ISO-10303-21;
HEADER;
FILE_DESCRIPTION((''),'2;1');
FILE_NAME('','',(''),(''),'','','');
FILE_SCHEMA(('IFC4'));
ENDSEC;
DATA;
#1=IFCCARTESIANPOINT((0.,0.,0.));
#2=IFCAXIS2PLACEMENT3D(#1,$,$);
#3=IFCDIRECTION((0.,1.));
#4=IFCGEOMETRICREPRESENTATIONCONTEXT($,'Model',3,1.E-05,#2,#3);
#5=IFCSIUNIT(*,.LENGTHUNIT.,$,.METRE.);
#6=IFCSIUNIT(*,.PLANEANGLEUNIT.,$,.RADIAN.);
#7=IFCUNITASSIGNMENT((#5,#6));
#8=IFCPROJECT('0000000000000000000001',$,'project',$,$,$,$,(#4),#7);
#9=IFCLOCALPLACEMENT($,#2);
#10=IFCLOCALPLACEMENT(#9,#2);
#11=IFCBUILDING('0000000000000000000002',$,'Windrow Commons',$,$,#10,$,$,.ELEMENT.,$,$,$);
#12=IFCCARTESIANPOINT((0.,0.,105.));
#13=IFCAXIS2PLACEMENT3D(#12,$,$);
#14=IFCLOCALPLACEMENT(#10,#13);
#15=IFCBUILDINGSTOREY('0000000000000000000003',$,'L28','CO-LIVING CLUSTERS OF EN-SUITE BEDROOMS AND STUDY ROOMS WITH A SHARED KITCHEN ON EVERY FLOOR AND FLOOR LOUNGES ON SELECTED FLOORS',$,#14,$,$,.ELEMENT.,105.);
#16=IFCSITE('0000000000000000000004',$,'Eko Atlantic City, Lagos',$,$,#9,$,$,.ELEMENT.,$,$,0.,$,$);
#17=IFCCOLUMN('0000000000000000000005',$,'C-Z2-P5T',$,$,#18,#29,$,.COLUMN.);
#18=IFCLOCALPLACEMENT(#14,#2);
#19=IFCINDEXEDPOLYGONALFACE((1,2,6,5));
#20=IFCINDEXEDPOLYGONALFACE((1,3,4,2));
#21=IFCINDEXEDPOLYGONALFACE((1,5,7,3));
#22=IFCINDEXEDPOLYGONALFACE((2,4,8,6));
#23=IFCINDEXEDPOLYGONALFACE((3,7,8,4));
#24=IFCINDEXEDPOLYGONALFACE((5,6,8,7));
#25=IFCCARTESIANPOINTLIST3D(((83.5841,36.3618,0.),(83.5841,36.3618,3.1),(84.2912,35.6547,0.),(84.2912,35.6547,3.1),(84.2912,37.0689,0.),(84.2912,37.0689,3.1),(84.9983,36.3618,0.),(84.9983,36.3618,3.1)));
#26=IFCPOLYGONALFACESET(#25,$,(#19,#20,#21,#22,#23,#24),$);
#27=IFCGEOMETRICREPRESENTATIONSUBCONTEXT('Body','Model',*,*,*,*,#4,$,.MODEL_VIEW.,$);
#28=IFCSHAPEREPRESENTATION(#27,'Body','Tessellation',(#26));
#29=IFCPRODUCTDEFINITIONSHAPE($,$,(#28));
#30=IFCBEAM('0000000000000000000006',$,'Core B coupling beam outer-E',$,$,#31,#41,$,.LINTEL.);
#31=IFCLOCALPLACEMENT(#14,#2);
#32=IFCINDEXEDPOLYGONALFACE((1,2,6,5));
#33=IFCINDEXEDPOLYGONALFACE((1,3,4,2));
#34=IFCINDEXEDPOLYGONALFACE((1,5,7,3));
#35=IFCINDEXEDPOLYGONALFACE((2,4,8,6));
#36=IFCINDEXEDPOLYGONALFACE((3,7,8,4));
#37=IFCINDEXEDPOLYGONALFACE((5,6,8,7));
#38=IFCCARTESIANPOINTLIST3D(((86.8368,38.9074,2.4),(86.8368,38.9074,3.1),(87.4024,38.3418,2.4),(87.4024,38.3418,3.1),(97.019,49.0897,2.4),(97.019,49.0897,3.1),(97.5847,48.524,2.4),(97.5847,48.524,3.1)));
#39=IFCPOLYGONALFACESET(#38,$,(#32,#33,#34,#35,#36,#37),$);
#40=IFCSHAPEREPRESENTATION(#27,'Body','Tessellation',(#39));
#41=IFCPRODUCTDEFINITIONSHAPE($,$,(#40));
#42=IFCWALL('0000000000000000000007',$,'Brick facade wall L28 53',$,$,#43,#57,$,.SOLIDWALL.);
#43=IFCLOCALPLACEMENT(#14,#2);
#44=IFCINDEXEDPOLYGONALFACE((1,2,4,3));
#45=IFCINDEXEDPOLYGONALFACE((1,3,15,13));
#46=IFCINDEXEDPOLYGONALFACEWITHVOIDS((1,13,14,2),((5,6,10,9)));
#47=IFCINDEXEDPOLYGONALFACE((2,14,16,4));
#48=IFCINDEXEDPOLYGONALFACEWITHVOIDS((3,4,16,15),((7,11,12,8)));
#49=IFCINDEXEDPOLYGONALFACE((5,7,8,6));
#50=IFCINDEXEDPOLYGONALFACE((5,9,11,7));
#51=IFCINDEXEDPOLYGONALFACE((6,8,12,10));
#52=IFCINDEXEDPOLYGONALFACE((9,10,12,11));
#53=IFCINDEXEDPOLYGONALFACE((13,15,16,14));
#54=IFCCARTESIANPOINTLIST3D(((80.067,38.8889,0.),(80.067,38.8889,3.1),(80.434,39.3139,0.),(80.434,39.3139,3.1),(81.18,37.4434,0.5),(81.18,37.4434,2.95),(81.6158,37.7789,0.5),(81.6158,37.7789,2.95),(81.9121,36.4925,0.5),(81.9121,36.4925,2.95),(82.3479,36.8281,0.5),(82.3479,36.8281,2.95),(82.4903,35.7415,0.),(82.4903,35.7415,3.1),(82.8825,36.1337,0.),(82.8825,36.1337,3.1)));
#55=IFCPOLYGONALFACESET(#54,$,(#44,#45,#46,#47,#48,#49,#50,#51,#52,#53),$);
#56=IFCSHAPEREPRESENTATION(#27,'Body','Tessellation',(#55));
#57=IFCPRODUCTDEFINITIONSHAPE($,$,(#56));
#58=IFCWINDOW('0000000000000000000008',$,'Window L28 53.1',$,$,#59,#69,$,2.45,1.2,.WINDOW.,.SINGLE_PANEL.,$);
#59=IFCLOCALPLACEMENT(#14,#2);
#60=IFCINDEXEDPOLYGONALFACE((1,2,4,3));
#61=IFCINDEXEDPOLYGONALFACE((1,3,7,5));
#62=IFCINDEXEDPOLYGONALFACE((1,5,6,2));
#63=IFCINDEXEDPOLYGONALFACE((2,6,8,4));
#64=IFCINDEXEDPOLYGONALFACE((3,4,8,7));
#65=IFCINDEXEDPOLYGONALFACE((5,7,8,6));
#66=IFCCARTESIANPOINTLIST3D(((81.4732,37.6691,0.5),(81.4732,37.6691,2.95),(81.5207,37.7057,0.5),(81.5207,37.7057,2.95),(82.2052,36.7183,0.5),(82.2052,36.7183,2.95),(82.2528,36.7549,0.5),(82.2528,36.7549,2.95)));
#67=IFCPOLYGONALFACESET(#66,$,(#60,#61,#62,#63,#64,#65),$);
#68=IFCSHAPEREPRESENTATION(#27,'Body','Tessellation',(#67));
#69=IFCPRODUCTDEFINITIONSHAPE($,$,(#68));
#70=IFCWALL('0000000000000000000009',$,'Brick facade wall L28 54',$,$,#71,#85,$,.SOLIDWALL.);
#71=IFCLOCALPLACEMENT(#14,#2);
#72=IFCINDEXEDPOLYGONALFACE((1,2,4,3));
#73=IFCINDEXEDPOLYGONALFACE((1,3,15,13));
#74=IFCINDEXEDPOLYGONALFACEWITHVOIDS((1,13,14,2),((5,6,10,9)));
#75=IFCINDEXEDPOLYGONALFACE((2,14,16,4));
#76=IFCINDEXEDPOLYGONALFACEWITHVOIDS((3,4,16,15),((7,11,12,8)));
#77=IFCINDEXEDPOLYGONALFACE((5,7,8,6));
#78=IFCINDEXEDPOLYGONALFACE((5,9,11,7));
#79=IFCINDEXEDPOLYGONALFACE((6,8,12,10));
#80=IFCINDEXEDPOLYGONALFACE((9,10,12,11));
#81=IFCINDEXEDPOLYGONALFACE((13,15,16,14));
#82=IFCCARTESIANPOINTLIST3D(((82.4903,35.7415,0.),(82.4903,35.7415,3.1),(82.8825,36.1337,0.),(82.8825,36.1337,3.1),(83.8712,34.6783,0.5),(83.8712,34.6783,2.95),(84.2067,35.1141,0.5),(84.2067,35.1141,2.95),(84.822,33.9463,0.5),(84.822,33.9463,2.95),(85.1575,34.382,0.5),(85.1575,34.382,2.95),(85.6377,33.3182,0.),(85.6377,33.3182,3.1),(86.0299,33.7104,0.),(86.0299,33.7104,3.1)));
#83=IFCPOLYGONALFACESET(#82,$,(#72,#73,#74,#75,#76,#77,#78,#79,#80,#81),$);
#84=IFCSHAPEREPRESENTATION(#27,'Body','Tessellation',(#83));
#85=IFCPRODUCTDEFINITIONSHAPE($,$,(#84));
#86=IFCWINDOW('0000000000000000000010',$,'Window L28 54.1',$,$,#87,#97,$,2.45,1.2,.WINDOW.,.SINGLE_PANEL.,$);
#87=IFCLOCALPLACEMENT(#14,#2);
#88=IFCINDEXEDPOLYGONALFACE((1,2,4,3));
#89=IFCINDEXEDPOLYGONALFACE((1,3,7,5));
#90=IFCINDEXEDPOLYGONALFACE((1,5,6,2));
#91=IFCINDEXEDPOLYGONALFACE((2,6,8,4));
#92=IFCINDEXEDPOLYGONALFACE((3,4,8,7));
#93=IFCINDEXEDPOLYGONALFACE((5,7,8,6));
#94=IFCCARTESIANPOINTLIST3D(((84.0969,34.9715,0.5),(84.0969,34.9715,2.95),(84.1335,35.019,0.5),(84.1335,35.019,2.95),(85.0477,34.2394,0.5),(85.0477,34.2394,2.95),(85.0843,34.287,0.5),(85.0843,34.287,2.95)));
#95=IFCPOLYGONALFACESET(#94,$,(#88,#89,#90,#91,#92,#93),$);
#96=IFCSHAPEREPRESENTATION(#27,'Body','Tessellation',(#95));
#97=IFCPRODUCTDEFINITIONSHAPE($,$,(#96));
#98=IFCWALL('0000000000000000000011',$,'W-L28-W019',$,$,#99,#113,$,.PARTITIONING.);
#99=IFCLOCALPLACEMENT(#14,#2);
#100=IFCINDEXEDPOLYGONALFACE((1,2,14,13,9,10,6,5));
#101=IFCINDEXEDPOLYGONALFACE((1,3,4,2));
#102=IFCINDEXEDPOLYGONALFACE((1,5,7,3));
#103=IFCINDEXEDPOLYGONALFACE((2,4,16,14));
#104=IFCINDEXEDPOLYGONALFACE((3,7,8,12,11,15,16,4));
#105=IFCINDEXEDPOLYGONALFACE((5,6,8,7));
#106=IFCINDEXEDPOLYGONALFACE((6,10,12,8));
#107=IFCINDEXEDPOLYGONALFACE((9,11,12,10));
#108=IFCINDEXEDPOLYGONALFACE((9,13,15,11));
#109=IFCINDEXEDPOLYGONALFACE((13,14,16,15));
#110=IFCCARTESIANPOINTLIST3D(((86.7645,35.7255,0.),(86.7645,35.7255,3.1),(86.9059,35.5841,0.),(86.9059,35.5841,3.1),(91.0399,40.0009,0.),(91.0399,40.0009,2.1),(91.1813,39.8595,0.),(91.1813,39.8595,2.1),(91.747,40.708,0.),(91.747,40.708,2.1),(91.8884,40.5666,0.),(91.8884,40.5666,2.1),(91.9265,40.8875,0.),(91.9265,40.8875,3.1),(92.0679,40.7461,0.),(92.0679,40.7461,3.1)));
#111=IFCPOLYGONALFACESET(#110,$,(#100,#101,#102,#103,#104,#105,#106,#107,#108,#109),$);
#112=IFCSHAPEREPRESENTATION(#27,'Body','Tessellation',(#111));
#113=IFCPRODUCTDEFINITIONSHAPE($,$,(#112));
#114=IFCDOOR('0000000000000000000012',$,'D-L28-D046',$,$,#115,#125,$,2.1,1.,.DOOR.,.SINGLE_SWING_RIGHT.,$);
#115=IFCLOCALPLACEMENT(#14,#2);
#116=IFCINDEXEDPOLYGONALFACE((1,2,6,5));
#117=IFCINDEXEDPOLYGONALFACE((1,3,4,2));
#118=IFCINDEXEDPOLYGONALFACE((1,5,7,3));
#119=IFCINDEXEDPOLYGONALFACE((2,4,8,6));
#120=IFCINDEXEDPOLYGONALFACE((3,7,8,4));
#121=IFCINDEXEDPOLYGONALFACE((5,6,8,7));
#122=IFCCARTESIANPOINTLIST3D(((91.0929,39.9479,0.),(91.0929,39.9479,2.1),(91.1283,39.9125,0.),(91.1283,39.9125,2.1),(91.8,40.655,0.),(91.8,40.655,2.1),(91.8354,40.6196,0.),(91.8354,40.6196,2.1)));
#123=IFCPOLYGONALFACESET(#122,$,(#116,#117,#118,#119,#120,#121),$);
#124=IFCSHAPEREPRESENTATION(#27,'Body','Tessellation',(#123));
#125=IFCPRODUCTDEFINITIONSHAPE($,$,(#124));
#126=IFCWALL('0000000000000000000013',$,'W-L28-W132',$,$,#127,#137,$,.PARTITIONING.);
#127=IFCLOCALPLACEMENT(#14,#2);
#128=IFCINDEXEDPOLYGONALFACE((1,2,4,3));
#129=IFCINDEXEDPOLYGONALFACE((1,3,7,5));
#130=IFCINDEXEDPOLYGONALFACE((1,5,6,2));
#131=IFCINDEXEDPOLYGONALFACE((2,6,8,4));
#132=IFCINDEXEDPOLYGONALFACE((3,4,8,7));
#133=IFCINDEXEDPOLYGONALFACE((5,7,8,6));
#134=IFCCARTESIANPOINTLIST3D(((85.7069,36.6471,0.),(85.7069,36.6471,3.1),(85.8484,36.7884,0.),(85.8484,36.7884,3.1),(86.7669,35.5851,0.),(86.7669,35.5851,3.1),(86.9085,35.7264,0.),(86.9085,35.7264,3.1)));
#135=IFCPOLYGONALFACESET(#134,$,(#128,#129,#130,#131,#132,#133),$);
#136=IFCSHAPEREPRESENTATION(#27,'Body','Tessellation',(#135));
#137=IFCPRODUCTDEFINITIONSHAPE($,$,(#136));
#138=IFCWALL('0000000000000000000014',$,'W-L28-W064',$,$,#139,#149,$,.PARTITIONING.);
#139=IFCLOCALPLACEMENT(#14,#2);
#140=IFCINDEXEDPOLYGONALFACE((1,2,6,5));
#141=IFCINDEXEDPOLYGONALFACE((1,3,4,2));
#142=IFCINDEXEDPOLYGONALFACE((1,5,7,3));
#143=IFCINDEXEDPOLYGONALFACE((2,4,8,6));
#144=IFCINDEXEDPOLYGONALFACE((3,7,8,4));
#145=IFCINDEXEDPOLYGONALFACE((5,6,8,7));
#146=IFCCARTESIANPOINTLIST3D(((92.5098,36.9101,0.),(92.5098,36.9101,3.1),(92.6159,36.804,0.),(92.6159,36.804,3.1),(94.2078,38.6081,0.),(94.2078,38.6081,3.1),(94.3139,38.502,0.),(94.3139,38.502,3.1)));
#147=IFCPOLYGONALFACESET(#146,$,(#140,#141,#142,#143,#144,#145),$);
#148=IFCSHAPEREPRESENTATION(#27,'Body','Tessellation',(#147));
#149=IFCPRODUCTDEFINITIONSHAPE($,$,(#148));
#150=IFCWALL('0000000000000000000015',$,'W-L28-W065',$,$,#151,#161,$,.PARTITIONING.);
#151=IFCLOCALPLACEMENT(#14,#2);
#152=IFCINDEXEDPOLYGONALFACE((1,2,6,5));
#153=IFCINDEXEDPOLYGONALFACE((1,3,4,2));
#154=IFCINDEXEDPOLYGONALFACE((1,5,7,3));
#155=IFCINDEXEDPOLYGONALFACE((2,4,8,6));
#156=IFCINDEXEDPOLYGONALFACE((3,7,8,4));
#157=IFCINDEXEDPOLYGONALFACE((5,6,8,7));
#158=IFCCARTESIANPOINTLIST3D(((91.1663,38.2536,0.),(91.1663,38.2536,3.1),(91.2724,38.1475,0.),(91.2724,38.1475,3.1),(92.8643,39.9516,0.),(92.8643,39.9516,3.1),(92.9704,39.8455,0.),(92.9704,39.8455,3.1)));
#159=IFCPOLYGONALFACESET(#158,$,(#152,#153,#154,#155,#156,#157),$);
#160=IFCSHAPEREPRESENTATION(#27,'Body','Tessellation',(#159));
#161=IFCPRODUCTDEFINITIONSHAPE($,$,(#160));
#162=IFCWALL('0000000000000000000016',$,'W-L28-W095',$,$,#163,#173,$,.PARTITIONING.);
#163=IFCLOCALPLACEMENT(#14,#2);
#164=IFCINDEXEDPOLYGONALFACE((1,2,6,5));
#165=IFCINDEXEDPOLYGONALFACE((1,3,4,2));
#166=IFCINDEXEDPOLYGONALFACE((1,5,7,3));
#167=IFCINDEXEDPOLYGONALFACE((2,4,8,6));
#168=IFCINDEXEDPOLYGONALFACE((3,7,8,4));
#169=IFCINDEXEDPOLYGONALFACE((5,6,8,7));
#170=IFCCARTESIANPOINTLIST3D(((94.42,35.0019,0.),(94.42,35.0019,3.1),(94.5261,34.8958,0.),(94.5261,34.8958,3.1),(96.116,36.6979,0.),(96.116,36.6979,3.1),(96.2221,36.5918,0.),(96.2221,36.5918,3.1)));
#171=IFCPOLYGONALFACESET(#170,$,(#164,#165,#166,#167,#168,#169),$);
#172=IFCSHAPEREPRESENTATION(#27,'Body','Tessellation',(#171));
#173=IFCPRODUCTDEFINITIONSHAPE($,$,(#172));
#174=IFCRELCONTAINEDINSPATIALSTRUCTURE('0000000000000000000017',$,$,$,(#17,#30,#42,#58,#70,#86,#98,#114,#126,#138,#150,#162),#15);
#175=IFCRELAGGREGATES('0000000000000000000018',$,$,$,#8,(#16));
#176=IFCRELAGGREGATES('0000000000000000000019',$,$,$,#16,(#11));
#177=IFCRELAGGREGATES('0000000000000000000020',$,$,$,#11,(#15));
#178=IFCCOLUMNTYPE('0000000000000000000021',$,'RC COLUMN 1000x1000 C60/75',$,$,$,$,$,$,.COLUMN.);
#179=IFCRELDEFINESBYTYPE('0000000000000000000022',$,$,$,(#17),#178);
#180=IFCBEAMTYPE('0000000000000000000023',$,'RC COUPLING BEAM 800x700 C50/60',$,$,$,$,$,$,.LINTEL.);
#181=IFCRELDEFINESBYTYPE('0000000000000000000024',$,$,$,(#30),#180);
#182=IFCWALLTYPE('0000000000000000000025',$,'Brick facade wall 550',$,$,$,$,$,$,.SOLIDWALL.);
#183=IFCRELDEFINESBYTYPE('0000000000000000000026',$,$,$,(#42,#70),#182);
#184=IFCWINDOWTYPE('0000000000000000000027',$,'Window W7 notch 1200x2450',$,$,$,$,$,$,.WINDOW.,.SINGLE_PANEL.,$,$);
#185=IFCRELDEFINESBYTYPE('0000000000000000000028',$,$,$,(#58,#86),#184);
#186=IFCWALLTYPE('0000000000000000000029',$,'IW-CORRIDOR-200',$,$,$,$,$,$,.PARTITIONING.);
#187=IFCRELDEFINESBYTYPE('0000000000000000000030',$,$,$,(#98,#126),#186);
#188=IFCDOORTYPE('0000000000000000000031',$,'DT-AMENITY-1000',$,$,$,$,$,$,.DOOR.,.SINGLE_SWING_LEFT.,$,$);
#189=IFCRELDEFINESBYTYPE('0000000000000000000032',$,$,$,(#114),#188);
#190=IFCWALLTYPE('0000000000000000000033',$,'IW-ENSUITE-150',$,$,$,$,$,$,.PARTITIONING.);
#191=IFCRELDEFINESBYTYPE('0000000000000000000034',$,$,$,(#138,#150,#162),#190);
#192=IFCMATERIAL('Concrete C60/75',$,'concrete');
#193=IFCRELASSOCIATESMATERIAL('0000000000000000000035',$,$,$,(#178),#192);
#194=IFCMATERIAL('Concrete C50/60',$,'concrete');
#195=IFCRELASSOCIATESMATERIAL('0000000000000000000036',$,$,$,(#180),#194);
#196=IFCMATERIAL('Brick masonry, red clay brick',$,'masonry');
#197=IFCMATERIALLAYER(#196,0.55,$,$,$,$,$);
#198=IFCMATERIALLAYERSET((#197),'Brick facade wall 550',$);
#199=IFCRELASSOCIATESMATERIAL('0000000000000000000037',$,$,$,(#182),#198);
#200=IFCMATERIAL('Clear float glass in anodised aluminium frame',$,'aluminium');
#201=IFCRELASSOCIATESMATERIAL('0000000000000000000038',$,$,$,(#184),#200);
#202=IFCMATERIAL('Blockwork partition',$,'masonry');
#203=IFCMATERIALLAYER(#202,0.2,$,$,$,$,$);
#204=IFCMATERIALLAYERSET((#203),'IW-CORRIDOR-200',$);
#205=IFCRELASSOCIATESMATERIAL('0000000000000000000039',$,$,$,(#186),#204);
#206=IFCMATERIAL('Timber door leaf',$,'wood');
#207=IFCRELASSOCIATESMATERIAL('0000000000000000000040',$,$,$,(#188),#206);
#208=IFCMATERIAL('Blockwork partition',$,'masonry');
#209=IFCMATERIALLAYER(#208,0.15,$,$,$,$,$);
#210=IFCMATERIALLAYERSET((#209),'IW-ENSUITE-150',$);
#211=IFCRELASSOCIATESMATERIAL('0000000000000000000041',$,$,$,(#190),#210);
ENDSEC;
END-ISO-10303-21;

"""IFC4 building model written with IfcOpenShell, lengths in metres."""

from ifc_helpers import new_model, si_unit, direction, frame, frame_2d, origin, origin_2d, place, context, subcontext, project, spatial, polyline, rectangle, outline, extrude, material, layer, layer_set, material_profile, profile_set, type_object, element, fill, save


model = new_model("IFC4")

# Units and contexts
model_context = context("Model", 3, precision=1e-05, world=origin(), true_north=direction((0.0, 1.0)))
body_context = subcontext(model_context, "Body", "Model", "MODEL_VIEW")
ifc_project = project(units=[si_unit("LENGTHUNIT", "METRE"), si_unit("PLANEANGLEUNIT", "RADIAN")], contexts=[model_context])

# Site, building, storey
site_placement = place(None, origin())
site = spatial("IfcSite", under=ifc_project, at=site_placement, Name="Eko Atlantic City, Lagos", CompositionType="ELEMENT", RefElevation=0.0)
building_placement = place(site_placement, origin())
building = spatial("IfcBuilding", under=site, at=building_placement, Name="Windrow Commons", CompositionType="ELEMENT")
storey_placement = place(building_placement, frame((0.0, 0.0, 105.0)))
storey = spatial("IfcBuildingStorey", under=building, at=storey_placement, Name="L28", Description="CO-LIVING CLUSTERS OF EN-SUITE BEDROOMS AND STUDY ROOMS WITH A SHARED KITCHEN ON EVERY FLOOR AND FLOOR LOUNGES ON SELECTED FLOORS", CompositionType="ELEMENT", Elevation=105.0)

# Column
ifc_material_1 = material(Name="Concrete C60/75", Category="concrete")
ifc_material_profile_1 = material_profile(ifc_material_1, rectangle(XDim=1.0, YDim=1.0, at=origin_2d()))
ifc_profile_set_1 = profile_set([ifc_material_profile_1], Name="Concrete C60/75")
column_type = type_object("IfcColumnType", Name="RC COLUMN 1000x1000 C60/75", PredefinedType="COLUMN", material=ifc_profile_set_1)
column_placement = place(storey_placement, frame((84.2912, 36.3618, 0.0), z_axis=(0.0, 0.0, 1.0), x_axis=(0.707107, -0.707107, 0.0)))
element("IfcColumn", 1, at=column_placement, inside=storey, type_object=column_type, Name="C-Z2-P5T", PredefinedType="COLUMN", context=body_context, shape_type="SweptSolid", body=[
    extrude(rectangle(XDim=1.0, YDim=1.0, at=origin_2d()), origin(), (0.0, 0.0, 1.0), 3.1),
])

# Beam
ifc_material_2 = material(Name="Concrete C50/60", Category="concrete")
ifc_material_profile_2 = material_profile(ifc_material_2, rectangle(XDim=0.8, YDim=0.7, at=origin_2d()))
ifc_profile_set_2 = profile_set([ifc_material_profile_2], Name="Concrete C50/60")
beam_type = type_object("IfcBeamType", Name="RC COUPLING BEAM 800x700 C50/60", PredefinedType="LINTEL", material=ifc_profile_set_2)
beam_placement = place(storey_placement, frame((87.1196, 38.6246, 2.75), z_axis=(0.707107, 0.707107, 0.0), x_axis=(-0.707107, 0.707107, 0.0)))
element("IfcBeam", 2, at=beam_placement, inside=storey, type_object=beam_type, Name="Core B coupling beam outer-E", PredefinedType="LINTEL", context=body_context, shape_type="SweptSolid", body=[
    extrude(rectangle(XDim=0.8, YDim=0.7, at=origin_2d()), origin(), (0.0, 0.0, 1.0), 14.3999),
])

# Walls, openings, windows
ifc_material_3 = material(Name="Brick masonry, red clay brick", Category="masonry")
ifc_layer_1 = layer(ifc_material_3, 0.55)
ifc_layer_set_1 = layer_set([ifc_layer_1], Name="Brick facade wall 550")
wall_type_1 = type_object("IfcWallType", Name="Brick facade wall 550", PredefinedType="SOLIDWALL", material=ifc_layer_set_1)
wall_1_placement = place(storey_placement, frame((80.2505, 39.1014, 0.0), z_axis=(0.0, 0.0, 1.0), x_axis=(0.610058, -0.792357, 0.0)))
wall_1 = element("IfcWall", 3, at=wall_1_placement, inside=storey, type_object=wall_type_1, Name="Brick facade wall L28 53", PredefinedType="SOLIDWALL", context=body_context, shape_type="SweptSolid", body=[
    extrude(outline(polyline([(0.0564, -0.275), (4.0286, -0.275), (3.9571, 0.275), (-0.0564, 0.275), (0.0564, -0.275)])), origin(), (0.0, 0.0, 1.0), 3.1),
])
opening_1_placement = place(wall_1_placement, frame((1.8808, 0.0, 0.5)))
opening_1 = element("IfcOpeningElement", 4, at=opening_1_placement, cuts=wall_1, PredefinedType="OPENING", context=body_context, shape_type="SweptSolid", body=[
    extrude(rectangle(XDim=1.2, YDim=2.45, at=frame_2d((0.6, 1.225))), frame((0.0, 0.285, 0.0), z_axis=(0.0, -1.0, 0.0), x_axis=(1.0, 0.0, 0.0)), (0.0, 0.0, 1.0), 0.57),
])
ifc_material_4 = material(Name="Clear float glass in anodised aluminium frame", Category="aluminium")
window_type = type_object("IfcWindowType", Name="Window W7 notch 1200x2450", PartitioningType="SINGLE_PANEL", PredefinedType="WINDOW", material=ifc_material_4)
window_1_placement = place(opening_1_placement, origin())
window_1 = element("IfcWindow", 5, at=window_1_placement, inside=storey, type_object=window_type, Name="Window L28 53.1", OverallHeight=2.45, OverallWidth=1.2, PartitioningType="SINGLE_PANEL", PredefinedType="WINDOW", context=body_context, shape_type="SweptSolid", body=[
    extrude(rectangle(XDim=1.2, YDim=2.45, at=frame_2d((0.6, 1.225))), frame((0.0, 0.155, 0.0), z_axis=(0.0, -1.0, 0.0), x_axis=(1.0, 0.0, 0.0)), (0.0, 0.0, 1.0), 0.06),
])
fill(opening_1, window_1)
wall_2_placement = place(storey_placement, frame((82.6864, 35.9376, 0.0), z_axis=(0.0, 0.0, 1.0), x_axis=(0.792353, -0.610062, 0.0)))
wall_2 = element("IfcWall", 6, at=wall_2_placement, inside=storey, type_object=wall_type_1, Name="Brick facade wall L28 54", PredefinedType="SOLIDWALL", context=body_context, shape_type="SweptSolid", body=[
    extrude(outline(polyline([(-0.0357, -0.275), (3.9365, -0.275), (4.008, 0.275), (0.0357, 0.275), (-0.0357, -0.275)])), origin(), (0.0, 0.0, 1.0), 3.1),
])
opening_2_placement = place(wall_2_placement, frame((1.707, 0.0, 0.5)))
opening_2 = element("IfcOpeningElement", 7, at=opening_2_placement, cuts=wall_2, PredefinedType="OPENING", context=body_context, shape_type="SweptSolid", body=[
    extrude(rectangle(XDim=1.2, YDim=2.45, at=frame_2d((0.6, 1.225))), frame((0.0, 0.285, 0.0), z_axis=(0.0, -1.0, 0.0), x_axis=(1.0, 0.0, 0.0)), (0.0, 0.0, 1.0), 0.57),
])
window_2_placement = place(opening_2_placement, origin())
window_2 = element("IfcWindow", 8, at=window_2_placement, inside=storey, type_object=window_type, Name="Window L28 54.1", OverallHeight=2.45, OverallWidth=1.2, PartitioningType="SINGLE_PANEL", PredefinedType="WINDOW", context=body_context, shape_type="SweptSolid", body=[
    extrude(rectangle(XDim=1.2, YDim=2.45, at=frame_2d((0.6, 1.225))), frame((0.0, 0.155, 0.0), z_axis=(0.0, -1.0, 0.0), x_axis=(1.0, 0.0, 0.0)), (0.0, 0.0, 1.0), 0.06),
])
fill(opening_2, window_2)

# Wall, opening, door
ifc_material_5 = material(Name="Blockwork partition", Category="masonry")
ifc_layer_2 = layer(ifc_material_5, 0.2)
ifc_layer_set_2 = layer_set([ifc_layer_2], Name="IW-CORRIDOR-200")
wall_type_2 = type_object("IfcWallType", Name="IW-CORRIDOR-200", PredefinedType="PARTITIONING", material=ifc_layer_set_2)
wall_3_placement = place(storey_placement, frame((86.8352, 35.6548, 0.0), z_axis=(0.0, 0.0, 1.0), x_axis=(0.707107, 0.707107, 0.0)))
wall_3 = element("IfcWall", 9, at=wall_3_placement, inside=storey, type_object=wall_type_2, Name="W-L28-W019", PredefinedType="PARTITIONING", context=body_context, shape_type="SweptSolid", body=[
    extrude(rectangle(XDim=7.3002, YDim=0.2, at=frame_2d((3.6501, 0.0))), origin(), (0.0, 0.0, 1.0), 3.1),
])
opening_3_placement = place(wall_3_placement, frame((6.0463, 0.0, 0.0)))
opening_3 = element("IfcOpeningElement", 10, at=opening_3_placement, cuts=wall_3, PredefinedType="OPENING", context=body_context, shape_type="SweptSolid", body=[
    extrude(rectangle(XDim=1.0, YDim=2.1, at=frame_2d((0.5, 1.05))), frame((0.0, 0.11, 0.0), z_axis=(0.0, -1.0, 0.0), x_axis=(1.0, 0.0, 0.0)), (0.0, 0.0, 1.0), 0.22),
])
ifc_material_6 = material(Name="Timber door leaf", Category="wood")
door_type_1 = type_object("IfcDoorType", Name="DT-AMENITY-1000", OperationType="SINGLE_SWING_LEFT", PredefinedType="DOOR", material=ifc_material_6)
door_1_placement = place(opening_3_placement, origin())
door_1 = element("IfcDoor", 11, at=door_1_placement, inside=storey, type_object=door_type_1, Name="D-L28-D046", OperationType="SINGLE_SWING_RIGHT", OverallHeight=2.1, OverallWidth=1.0, PredefinedType="DOOR", context=body_context, shape_type="SweptSolid", body=[
    extrude(rectangle(XDim=1.0, YDim=2.1, at=frame_2d((0.5, 1.05))), frame((0.0, 0.025, 0.0), z_axis=(0.0, -1.0, 0.0), x_axis=(1.0, 0.0, 0.0)), (0.0, 0.0, 1.0), 0.05),
])
fill(opening_3, door_1)

# Walls
wall_4_placement = place(storey_placement, frame((85.7777, 36.7177, 0.0), z_axis=(0.0, 0.0, 1.0), x_axis=(0.70644, -0.707773, 0.0)))
element("IfcWall", 12, at=wall_4_placement, inside=storey, type_object=wall_type_2, Name="W-L28-W132", PredefinedType="PARTITIONING", context=body_context, shape_type="SweptSolid", body=[
    extrude(rectangle(XDim=1.5005, YDim=0.2, at=frame_2d((0.7502, 0.0))), origin(), (0.0, 0.0, 1.0), 3.1),
])
ifc_material_7 = material(Name="Blockwork partition", Category="masonry")
ifc_layer_3 = layer(ifc_material_7, 0.15)
ifc_layer_set_3 = layer_set([ifc_layer_3], Name="IW-ENSUITE-150")
wall_type_3 = type_object("IfcWallType", Name="IW-ENSUITE-150", PredefinedType="PARTITIONING", material=ifc_layer_set_3)
for number, where, z_axis, x_axis, name in (
    (13, (92.5629, 36.8571, 0.0), (0.0, 0.0, 1.0), (0.707107, 0.707107, 0.0), "W-L28-W064"),
    (14, (91.2194, 38.2006, 0.0), (0.0, 0.0, 1.0), (0.707107, 0.707107, 0.0), "W-L28-W065"),
):
    element("IfcWall", number, at=place(storey_placement, frame(where, z_axis=z_axis, x_axis=x_axis)), inside=storey, type_object=wall_type_3, Name=name, PredefinedType="PARTITIONING", context=body_context, shape_type="SweptSolid", body=[
        extrude(rectangle(XDim=2.4013, YDim=0.15, at=frame_2d((1.2006, 0.0))), origin(), (0.0, 0.0, 1.0), 3.1),
    ])
wall_5_placement = place(storey_placement, frame((94.4731, 34.9489, 0.0), z_axis=(0.0, 0.0, 1.0), x_axis=(0.707107, 0.707107, 0.0)))
element("IfcWall", 15, at=wall_5_placement, inside=storey, type_object=wall_type_3, Name="W-L28-W095", PredefinedType="PARTITIONING", context=body_context, shape_type="SweptSolid", body=[
    extrude(rectangle(XDim=2.3985, YDim=0.15, at=frame_2d((1.1992, 0.0))), origin(), (0.0, 0.0, 1.0), 3.1),
])

save(model, "model.ifc")
